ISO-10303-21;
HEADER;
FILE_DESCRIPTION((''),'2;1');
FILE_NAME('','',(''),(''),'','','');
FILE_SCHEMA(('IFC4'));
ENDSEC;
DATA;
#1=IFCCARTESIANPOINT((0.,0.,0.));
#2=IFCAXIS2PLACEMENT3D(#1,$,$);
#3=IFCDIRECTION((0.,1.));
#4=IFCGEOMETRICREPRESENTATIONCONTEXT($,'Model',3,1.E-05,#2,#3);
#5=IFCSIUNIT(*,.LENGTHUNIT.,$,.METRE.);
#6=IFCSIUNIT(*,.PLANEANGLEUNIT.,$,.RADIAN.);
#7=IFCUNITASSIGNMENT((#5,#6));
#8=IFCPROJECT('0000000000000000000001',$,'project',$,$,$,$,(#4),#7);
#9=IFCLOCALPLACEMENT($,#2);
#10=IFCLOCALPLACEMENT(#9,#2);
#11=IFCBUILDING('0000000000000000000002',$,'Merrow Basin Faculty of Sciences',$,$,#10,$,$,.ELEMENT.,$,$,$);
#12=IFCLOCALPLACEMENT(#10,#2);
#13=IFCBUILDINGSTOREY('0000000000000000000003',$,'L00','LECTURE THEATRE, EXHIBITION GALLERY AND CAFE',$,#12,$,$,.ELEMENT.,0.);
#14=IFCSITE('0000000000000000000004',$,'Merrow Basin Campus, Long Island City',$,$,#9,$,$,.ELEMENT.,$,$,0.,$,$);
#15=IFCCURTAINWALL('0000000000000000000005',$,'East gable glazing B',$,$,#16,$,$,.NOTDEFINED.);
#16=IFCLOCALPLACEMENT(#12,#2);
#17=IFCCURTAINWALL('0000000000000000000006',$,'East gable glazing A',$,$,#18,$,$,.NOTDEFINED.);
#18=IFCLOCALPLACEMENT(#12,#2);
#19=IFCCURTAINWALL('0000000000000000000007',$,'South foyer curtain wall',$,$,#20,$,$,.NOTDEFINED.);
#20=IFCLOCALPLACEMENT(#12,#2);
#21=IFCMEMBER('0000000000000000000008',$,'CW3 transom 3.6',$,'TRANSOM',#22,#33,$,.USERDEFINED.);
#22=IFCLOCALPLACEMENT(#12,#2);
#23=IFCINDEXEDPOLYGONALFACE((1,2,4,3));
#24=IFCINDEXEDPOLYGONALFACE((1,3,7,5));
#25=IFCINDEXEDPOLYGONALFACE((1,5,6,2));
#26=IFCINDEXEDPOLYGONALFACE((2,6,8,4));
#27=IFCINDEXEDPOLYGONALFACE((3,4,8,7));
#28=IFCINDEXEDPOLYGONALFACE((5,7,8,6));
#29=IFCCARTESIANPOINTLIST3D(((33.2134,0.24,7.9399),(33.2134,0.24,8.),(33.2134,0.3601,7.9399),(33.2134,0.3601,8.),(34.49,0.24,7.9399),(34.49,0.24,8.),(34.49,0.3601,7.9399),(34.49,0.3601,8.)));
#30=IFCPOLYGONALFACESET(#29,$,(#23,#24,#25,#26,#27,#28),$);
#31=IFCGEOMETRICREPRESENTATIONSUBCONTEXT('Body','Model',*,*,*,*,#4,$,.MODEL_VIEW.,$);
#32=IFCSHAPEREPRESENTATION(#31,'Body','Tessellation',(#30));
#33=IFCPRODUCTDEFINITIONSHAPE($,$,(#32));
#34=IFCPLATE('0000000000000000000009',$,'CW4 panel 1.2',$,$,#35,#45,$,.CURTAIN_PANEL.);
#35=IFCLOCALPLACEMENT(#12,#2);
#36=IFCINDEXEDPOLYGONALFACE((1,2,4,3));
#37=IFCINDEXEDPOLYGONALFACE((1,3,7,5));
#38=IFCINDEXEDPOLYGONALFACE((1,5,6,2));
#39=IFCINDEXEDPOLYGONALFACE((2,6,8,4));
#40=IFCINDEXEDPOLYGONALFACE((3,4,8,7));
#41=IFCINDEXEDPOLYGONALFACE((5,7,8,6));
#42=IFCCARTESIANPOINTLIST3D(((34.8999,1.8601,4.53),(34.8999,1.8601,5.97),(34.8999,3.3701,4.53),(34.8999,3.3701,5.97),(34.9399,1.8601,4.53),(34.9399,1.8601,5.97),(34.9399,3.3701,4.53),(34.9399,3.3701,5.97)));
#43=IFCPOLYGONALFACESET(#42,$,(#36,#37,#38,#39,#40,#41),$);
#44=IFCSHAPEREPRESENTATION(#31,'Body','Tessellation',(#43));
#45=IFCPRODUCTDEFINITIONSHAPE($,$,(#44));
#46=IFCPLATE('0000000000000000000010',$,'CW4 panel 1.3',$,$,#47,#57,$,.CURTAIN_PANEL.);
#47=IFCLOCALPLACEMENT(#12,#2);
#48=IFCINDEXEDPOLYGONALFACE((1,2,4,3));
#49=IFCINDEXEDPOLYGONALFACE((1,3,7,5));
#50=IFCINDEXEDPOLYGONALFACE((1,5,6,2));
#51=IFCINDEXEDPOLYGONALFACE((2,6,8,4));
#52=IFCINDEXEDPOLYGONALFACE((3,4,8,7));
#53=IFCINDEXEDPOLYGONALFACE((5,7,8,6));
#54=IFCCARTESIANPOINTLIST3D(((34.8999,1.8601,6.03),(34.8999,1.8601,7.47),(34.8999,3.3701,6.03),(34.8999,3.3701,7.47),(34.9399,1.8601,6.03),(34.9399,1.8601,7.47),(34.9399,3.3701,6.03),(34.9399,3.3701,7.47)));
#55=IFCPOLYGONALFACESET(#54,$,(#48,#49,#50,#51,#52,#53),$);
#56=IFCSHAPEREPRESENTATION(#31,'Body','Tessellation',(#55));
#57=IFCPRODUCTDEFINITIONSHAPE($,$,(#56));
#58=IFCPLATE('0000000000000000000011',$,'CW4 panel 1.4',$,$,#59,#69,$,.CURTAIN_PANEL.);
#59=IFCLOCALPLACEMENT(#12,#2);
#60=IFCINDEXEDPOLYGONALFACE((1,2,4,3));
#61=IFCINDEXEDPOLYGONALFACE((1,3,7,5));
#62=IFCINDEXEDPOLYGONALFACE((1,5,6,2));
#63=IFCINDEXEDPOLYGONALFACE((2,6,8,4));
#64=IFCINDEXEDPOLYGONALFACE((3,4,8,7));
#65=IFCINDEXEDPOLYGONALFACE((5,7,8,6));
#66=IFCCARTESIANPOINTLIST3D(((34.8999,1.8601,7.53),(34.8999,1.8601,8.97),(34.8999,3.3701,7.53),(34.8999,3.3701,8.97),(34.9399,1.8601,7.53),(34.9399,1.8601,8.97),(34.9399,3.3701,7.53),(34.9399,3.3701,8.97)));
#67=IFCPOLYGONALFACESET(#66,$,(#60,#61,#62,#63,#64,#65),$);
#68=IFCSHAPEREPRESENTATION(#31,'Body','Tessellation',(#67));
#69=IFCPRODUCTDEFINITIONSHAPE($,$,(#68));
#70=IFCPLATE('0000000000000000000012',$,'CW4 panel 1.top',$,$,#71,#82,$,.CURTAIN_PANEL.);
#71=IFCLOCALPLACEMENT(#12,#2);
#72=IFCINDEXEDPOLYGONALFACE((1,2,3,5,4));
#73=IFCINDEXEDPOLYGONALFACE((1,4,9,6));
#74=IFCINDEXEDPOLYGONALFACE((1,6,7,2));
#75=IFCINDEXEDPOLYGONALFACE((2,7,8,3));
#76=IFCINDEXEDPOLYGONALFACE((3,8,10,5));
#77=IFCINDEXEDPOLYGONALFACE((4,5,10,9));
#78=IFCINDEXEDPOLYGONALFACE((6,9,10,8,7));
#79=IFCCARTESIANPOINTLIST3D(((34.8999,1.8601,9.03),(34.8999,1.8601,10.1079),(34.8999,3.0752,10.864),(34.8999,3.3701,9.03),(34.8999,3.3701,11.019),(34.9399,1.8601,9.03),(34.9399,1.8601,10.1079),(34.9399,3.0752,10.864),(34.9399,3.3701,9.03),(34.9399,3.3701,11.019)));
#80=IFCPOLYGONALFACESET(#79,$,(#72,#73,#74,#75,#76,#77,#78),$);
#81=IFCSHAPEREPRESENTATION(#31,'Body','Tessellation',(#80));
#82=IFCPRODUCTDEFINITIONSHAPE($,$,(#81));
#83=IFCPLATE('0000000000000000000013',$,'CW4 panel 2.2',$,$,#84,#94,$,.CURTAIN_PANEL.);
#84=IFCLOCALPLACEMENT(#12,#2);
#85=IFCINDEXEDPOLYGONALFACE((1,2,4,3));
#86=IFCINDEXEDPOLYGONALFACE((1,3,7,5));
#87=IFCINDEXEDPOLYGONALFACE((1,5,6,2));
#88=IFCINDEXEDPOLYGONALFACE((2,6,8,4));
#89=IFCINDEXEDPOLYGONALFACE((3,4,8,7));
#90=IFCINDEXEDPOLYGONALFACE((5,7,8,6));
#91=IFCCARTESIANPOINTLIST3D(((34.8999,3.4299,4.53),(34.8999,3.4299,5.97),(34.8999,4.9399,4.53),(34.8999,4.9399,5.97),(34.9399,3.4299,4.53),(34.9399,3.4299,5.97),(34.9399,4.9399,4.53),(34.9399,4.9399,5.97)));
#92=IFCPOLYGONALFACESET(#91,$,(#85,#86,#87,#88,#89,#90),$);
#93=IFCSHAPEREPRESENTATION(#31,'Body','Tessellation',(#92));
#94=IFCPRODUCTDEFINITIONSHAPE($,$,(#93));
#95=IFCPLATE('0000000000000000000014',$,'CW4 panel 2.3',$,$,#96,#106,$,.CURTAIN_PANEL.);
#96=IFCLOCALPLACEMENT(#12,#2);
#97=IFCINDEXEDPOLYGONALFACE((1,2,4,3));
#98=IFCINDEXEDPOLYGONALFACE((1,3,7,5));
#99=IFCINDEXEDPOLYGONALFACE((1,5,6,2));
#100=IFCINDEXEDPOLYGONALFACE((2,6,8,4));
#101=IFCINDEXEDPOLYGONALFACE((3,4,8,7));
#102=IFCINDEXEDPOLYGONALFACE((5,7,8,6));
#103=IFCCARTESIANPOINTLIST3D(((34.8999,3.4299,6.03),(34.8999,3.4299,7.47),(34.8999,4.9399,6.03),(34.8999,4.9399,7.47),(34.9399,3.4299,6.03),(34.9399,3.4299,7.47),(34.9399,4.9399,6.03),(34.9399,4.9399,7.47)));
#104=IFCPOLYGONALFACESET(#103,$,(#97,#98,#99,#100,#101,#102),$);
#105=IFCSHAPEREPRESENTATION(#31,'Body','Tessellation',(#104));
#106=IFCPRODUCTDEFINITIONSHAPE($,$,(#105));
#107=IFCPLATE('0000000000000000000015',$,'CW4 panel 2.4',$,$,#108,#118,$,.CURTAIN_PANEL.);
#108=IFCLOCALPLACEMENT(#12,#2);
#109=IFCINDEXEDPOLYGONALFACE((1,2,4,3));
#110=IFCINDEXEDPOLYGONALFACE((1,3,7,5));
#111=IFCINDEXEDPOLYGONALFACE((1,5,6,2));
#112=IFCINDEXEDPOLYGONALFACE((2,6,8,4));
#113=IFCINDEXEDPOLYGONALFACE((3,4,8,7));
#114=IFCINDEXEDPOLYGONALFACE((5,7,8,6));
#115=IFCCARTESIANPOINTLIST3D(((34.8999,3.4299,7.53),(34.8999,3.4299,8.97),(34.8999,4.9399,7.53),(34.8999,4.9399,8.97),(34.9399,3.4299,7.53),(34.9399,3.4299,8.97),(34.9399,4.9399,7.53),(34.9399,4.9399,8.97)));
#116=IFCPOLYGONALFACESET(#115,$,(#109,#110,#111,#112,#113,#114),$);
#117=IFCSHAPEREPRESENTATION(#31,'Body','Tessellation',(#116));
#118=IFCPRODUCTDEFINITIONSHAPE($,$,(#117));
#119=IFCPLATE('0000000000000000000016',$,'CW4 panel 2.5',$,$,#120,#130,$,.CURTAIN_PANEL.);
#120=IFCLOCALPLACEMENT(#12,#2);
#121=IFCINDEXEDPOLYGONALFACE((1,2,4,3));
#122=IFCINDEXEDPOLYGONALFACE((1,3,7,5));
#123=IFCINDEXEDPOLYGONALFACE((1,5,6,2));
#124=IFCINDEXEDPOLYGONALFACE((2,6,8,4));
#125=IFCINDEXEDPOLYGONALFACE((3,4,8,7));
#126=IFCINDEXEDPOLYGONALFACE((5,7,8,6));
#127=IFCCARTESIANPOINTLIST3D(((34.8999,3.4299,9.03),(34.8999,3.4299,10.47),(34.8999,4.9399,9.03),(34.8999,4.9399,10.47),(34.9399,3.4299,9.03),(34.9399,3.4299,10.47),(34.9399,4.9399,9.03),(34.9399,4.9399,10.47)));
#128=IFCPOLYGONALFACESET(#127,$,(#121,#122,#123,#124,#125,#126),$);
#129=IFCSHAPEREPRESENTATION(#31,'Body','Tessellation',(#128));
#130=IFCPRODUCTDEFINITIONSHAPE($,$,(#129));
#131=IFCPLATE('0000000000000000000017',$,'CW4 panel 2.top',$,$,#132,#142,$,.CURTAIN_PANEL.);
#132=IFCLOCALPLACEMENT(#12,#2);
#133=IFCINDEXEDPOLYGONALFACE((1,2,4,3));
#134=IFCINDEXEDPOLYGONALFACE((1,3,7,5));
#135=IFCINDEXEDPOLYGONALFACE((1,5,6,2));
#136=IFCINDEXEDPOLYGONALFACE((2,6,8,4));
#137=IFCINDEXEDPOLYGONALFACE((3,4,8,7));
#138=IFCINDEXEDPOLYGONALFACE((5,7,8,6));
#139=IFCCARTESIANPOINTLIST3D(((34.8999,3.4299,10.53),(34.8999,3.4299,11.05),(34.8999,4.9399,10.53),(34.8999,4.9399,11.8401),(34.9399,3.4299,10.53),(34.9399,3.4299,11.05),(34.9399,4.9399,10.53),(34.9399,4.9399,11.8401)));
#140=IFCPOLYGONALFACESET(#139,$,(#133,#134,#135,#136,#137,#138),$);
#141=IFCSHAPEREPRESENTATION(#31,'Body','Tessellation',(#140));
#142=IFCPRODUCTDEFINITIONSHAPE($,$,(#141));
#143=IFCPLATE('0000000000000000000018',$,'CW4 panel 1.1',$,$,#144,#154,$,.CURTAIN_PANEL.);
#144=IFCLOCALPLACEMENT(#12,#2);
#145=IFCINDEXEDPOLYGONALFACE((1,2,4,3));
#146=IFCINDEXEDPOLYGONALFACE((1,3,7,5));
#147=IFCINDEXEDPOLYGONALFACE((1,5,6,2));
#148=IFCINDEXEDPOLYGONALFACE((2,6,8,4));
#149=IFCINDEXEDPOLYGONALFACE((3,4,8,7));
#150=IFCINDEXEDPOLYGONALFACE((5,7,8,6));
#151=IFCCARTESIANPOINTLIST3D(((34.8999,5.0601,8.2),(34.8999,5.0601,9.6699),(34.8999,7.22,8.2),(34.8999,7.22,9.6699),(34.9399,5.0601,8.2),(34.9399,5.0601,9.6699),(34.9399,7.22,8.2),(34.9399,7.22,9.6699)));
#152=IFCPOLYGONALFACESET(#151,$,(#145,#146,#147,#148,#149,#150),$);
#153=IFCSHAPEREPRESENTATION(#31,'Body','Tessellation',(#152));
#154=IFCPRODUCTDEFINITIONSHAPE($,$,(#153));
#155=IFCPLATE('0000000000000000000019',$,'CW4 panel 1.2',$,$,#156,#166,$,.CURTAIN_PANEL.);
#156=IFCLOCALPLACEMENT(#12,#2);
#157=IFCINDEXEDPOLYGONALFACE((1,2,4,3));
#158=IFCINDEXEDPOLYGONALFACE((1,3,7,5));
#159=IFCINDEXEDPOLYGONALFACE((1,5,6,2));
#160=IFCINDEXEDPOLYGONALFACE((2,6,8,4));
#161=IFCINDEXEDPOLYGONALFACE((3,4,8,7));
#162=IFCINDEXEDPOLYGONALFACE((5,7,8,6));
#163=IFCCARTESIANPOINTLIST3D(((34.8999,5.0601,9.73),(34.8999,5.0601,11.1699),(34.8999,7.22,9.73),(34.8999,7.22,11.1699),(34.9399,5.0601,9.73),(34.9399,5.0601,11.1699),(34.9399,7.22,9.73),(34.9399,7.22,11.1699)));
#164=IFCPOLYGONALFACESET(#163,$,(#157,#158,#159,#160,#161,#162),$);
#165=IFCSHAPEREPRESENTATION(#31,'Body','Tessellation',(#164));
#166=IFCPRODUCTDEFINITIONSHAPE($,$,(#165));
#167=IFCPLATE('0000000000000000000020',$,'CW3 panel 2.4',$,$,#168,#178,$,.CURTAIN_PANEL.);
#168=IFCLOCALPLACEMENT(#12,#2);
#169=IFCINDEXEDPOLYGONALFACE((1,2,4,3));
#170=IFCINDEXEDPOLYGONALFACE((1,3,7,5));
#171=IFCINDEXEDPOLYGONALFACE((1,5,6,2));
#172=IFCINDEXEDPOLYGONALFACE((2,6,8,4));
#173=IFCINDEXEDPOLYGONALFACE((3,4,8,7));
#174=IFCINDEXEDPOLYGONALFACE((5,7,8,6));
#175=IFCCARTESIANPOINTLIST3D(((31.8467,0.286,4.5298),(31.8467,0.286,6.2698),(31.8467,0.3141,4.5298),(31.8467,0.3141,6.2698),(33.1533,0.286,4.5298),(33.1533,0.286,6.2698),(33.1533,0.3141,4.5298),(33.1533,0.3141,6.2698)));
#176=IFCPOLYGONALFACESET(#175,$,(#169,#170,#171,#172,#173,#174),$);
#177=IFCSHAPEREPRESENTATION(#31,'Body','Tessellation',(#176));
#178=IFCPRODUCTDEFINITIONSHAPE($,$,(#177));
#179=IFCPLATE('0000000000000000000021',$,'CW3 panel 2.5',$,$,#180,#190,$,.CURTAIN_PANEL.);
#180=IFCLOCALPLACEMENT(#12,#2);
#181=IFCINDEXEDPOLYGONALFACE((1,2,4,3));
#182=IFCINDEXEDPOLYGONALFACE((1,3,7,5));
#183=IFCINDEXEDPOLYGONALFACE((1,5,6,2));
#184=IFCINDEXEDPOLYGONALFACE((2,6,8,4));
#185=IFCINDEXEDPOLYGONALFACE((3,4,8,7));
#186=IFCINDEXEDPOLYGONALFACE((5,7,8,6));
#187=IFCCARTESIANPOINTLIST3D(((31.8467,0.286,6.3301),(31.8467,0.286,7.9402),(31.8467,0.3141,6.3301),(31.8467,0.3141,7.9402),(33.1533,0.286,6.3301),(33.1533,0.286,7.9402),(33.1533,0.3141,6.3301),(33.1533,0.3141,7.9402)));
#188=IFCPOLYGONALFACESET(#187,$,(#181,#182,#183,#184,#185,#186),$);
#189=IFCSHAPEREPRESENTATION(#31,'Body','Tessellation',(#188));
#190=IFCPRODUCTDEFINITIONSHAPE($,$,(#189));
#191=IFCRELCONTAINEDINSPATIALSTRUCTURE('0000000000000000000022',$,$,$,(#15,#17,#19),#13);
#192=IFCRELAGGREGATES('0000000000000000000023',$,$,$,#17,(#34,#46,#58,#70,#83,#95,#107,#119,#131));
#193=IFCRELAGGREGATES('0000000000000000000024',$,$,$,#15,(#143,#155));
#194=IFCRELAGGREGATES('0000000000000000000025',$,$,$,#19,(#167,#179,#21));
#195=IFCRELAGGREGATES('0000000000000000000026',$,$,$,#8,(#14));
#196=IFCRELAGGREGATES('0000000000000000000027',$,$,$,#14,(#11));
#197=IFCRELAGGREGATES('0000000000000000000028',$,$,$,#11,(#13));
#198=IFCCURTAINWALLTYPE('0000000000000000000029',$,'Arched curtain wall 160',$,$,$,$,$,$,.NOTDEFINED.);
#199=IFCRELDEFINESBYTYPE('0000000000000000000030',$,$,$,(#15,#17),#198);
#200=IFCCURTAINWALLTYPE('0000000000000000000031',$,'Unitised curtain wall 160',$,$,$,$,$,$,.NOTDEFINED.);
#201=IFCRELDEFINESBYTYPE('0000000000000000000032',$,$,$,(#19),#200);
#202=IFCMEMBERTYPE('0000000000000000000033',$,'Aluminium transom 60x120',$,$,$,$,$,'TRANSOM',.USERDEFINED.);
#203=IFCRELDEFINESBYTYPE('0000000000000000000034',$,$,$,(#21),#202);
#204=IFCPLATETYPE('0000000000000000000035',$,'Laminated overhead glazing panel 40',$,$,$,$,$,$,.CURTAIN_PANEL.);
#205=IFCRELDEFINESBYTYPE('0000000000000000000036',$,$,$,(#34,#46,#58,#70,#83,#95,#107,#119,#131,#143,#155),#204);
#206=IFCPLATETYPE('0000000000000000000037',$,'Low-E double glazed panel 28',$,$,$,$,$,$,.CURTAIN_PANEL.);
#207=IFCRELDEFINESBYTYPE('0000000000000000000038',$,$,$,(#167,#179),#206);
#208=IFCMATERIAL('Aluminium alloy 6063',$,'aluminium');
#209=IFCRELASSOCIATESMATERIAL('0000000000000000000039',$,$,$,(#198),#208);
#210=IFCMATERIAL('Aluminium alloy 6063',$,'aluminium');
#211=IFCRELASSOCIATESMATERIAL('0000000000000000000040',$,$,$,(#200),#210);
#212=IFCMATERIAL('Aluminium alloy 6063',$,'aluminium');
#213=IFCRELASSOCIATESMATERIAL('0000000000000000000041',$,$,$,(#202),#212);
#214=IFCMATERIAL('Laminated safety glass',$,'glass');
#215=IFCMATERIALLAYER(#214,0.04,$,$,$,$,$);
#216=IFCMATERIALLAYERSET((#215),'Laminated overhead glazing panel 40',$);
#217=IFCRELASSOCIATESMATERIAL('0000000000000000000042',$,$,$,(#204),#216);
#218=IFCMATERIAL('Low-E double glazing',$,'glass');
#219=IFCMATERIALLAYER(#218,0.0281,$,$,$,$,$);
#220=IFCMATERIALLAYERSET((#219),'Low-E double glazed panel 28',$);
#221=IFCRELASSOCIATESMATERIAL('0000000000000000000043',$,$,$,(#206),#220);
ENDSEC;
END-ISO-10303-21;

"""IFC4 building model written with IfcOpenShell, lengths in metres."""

from ifc_helpers import new_model, si_unit, direction, frame, origin, origin_2d, place, context, subcontext, project, spatial, polyline, rectangle, outline, extrude, material, layer, layer_set, material_profile, profile_set, type_object, element, aggregate, save


model = new_model("IFC4")

# Units and contexts
model_context = context("Model", 3, precision=1e-05, world=origin(), true_north=direction((0.0, 1.0)))
body_context = subcontext(model_context, "Body", "Model", "MODEL_VIEW")
ifc_project = project(units=[si_unit("LENGTHUNIT", "METRE"), si_unit("PLANEANGLEUNIT", "RADIAN")], contexts=[model_context])

# Site, building, storey
site_placement = place(None, origin())
site = spatial("IfcSite", under=ifc_project, at=site_placement, Name="Merrow Basin Campus, Long Island City", CompositionType="ELEMENT", RefElevation=0.0)
building_placement = place(site_placement, origin())
building = spatial("IfcBuilding", under=site, at=building_placement, Name="Merrow Basin Faculty of Sciences", CompositionType="ELEMENT")
storey_placement = place(building_placement, origin())
storey = spatial("IfcBuildingStorey", under=building, at=storey_placement, Name="L00", Description="LECTURE THEATRE, EXHIBITION GALLERY AND CAFE", CompositionType="ELEMENT", Elevation=0.0)

# Curtain wall
ifc_material_1 = material(Name="Aluminium alloy 6063", Category="aluminium")
curtain_wall_type_1 = type_object("IfcCurtainWallType", Name="Arched curtain wall 160", PredefinedType="NOTDEFINED", material=ifc_material_1)
curtain_wall_1_placement = place(storey_placement, origin())
curtain_wall_1 = element("IfcCurtainWall", 1, at=curtain_wall_1_placement, inside=storey, type_object=curtain_wall_type_1, Name="East gable glazing B", PredefinedType="NOTDEFINED")

# Curtain wall
curtain_wall_2_placement = place(storey_placement, origin())
curtain_wall_2 = element("IfcCurtainWall", 2, at=curtain_wall_2_placement, inside=storey, type_object=curtain_wall_type_1, Name="East gable glazing A", PredefinedType="NOTDEFINED")

# Curtain wall, member
ifc_material_2 = material(Name="Aluminium alloy 6063", Category="aluminium")
curtain_wall_type_2 = type_object("IfcCurtainWallType", Name="Unitised curtain wall 160", PredefinedType="NOTDEFINED", material=ifc_material_2)
curtain_wall_3_placement = place(storey_placement, origin())
curtain_wall_3 = element("IfcCurtainWall", 3, at=curtain_wall_3_placement, inside=storey, type_object=curtain_wall_type_2, Name="South foyer curtain wall", PredefinedType="NOTDEFINED")
ifc_material_3 = material(Name="Aluminium alloy 6063", Category="aluminium")
ifc_material_profile_1 = material_profile(ifc_material_3, rectangle(XDim=0.1201, YDim=0.0601, at=origin_2d()))
ifc_profile_set_1 = profile_set([ifc_material_profile_1], Name="Aluminium alloy 6063")
member_type_1 = type_object("IfcMemberType", Name="Aluminium transom 60x120", ElementType="TRANSOM", PredefinedType="USERDEFINED", material=ifc_profile_set_1)
member_1_placement = place(storey_placement, frame((33.2134, 0.3, 7.97), z_axis=(1.0, 0.0, 0.0), x_axis=(0.0, 1.0, 0.0)))
member_1 = element("IfcMember", 4, at=member_1_placement, type_object=member_type_1, Name="CW3 transom 3.6", ObjectType="TRANSOM", PredefinedType="USERDEFINED", context=body_context, shape_type="SweptSolid", body=[
    extrude(rectangle(XDim=0.1201, YDim=0.0601, at=origin_2d()), origin(), (0.0, 0.0, 1.0), 1.2766),
])

# Plates
ifc_material_4 = material(Name="Laminated safety glass", Category="glass")
ifc_layer_1 = layer(ifc_material_4, 0.04)
ifc_layer_set_1 = layer_set([ifc_layer_1], Name="Laminated overhead glazing panel 40")
plate_type_1 = type_object("IfcPlateType", Name="Laminated overhead glazing panel 40", PredefinedType="CURTAIN_PANEL", material=ifc_layer_set_1)
plate_1_placement = place(storey_placement, frame((34.8999, 1.8601, 4.53), z_axis=(1.0, 0.0, 0.0), x_axis=(0.0, 1.0, 0.0)))
plate_1 = element("IfcPlate", 5, at=plate_1_placement, type_object=plate_type_1, Name="CW4 panel 1.2", PredefinedType="CURTAIN_PANEL", context=body_context, shape_type="SweptSolid", body=[
    extrude(outline(polyline([(0.0, 0.0), (1.51, 0.0), (1.51, 1.4399), (0.0, 1.4399), (0.0, 0.0)])), origin(), (0.0, 0.0, 1.0), 0.04),
])
plate_2_placement = place(storey_placement, frame((34.8999, 1.8601, 6.03), z_axis=(1.0, 0.0, 0.0), x_axis=(0.0, 1.0, 0.0)))
plate_2 = element("IfcPlate", 6, at=plate_2_placement, type_object=plate_type_1, Name="CW4 panel 1.3", PredefinedType="CURTAIN_PANEL", context=body_context, shape_type="SweptSolid", body=[
    extrude(outline(polyline([(0.0, 0.0), (1.51, 0.0), (1.51, 1.4399), (0.0, 1.4399), (0.0, 0.0)])), origin(), (0.0, 0.0, 1.0), 0.04),
])
plate_3_placement = place(storey_placement, frame((34.8999, 1.8601, 7.53), z_axis=(1.0, 0.0, 0.0), x_axis=(0.0, 1.0, 0.0)))
plate_3 = element("IfcPlate", 7, at=plate_3_placement, type_object=plate_type_1, Name="CW4 panel 1.4", PredefinedType="CURTAIN_PANEL", context=body_context, shape_type="SweptSolid", body=[
    extrude(outline(polyline([(0.0, 0.0), (1.51, 0.0), (1.51, 1.4399), (0.0, 1.4399), (0.0, 0.0)])), origin(), (0.0, 0.0, 1.0), 0.04),
])
plate_4_placement = place(storey_placement, frame((34.8999, 1.8601, 9.03), z_axis=(1.0, 0.0, 0.0), x_axis=(0.0, 1.0, 0.0)))
plate_4 = element("IfcPlate", 8, at=plate_4_placement, type_object=plate_type_1, Name="CW4 panel 1.top", PredefinedType="CURTAIN_PANEL", context=body_context, shape_type="SweptSolid", body=[
    extrude(outline(polyline([(0.0, 0.0), (1.51, 0.0), (1.51, 1.989), (1.2151, 1.834), (0.0, 1.0779), (0.0, 0.0)])), origin(), (0.0, 0.0, 1.0), 0.04),
])
plate_5_placement = place(storey_placement, frame((34.8999, 3.4299, 4.53), z_axis=(1.0, 0.0, 0.0), x_axis=(0.0, 1.0, 0.0)))
plate_5 = element("IfcPlate", 9, at=plate_5_placement, type_object=plate_type_1, Name="CW4 panel 2.2", PredefinedType="CURTAIN_PANEL", context=body_context, shape_type="SweptSolid", body=[
    extrude(outline(polyline([(0.0, 0.0), (1.51, 0.0), (1.51, 1.4399), (0.0, 1.4399), (0.0, 0.0)])), origin(), (0.0, 0.0, 1.0), 0.04),
])
plate_6_placement = place(storey_placement, frame((34.8999, 3.4299, 6.03), z_axis=(1.0, 0.0, 0.0), x_axis=(0.0, 1.0, 0.0)))
plate_6 = element("IfcPlate", 10, at=plate_6_placement, type_object=plate_type_1, Name="CW4 panel 2.3", PredefinedType="CURTAIN_PANEL", context=body_context, shape_type="SweptSolid", body=[
    extrude(outline(polyline([(0.0, 0.0), (1.51, 0.0), (1.51, 1.4399), (0.0, 1.4399), (0.0, 0.0)])), origin(), (0.0, 0.0, 1.0), 0.04),
])
plate_7_placement = place(storey_placement, frame((34.8999, 3.4299, 7.53), z_axis=(1.0, 0.0, 0.0), x_axis=(0.0, 1.0, 0.0)))
plate_7 = element("IfcPlate", 11, at=plate_7_placement, type_object=plate_type_1, Name="CW4 panel 2.4", PredefinedType="CURTAIN_PANEL", context=body_context, shape_type="SweptSolid", body=[
    extrude(outline(polyline([(0.0, 0.0), (1.51, 0.0), (1.51, 1.4399), (0.0, 1.4399), (0.0, 0.0)])), origin(), (0.0, 0.0, 1.0), 0.04),
])
plate_8_placement = place(storey_placement, frame((34.8999, 3.4299, 9.03), z_axis=(1.0, 0.0, 0.0), x_axis=(0.0, 1.0, 0.0)))
plate_8 = element("IfcPlate", 12, at=plate_8_placement, type_object=plate_type_1, Name="CW4 panel 2.5", PredefinedType="CURTAIN_PANEL", context=body_context, shape_type="SweptSolid", body=[
    extrude(outline(polyline([(0.0, 0.0), (1.51, 0.0), (1.51, 1.4399), (0.0, 1.4399), (0.0, 0.0)])), origin(), (0.0, 0.0, 1.0), 0.04),
])
plate_9_placement = place(storey_placement, frame((34.8999, 3.4299, 10.53), z_axis=(1.0, 0.0, 0.0), x_axis=(0.0, 1.0, 0.0)))
plate_9 = element("IfcPlate", 13, at=plate_9_placement, type_object=plate_type_1, Name="CW4 panel 2.top", PredefinedType="CURTAIN_PANEL", context=body_context, shape_type="SweptSolid", body=[
    extrude(outline(polyline([(0.0, 0.0), (1.51, 0.0), (1.51, 1.3101), (0.0, 0.52), (0.0, 0.0)])), origin(), (0.0, 0.0, 1.0), 0.04),
])
aggregate(curtain_wall_2, [plate_1, plate_2, plate_3, plate_4, plate_5, plate_6, plate_7, plate_8, plate_9])
plate_10_placement = place(storey_placement, frame((34.8999, 5.0601, 8.2), z_axis=(1.0, 0.0, 0.0), x_axis=(0.0, 1.0, 0.0)))
plate_10 = element("IfcPlate", 14, at=plate_10_placement, type_object=plate_type_1, Name="CW4 panel 1.1", PredefinedType="CURTAIN_PANEL", context=body_context, shape_type="SweptSolid", body=[
    extrude(outline(polyline([(0.0, 0.0), (2.1599, 0.0), (2.1599, 1.47), (0.0, 1.47), (0.0, 0.0)])), origin(), (0.0, 0.0, 1.0), 0.04),
])
plate_11_placement = place(storey_placement, frame((34.8999, 5.0601, 9.73), z_axis=(1.0, 0.0, 0.0), x_axis=(0.0, 1.0, 0.0)))
plate_11 = element("IfcPlate", 15, at=plate_11_placement, type_object=plate_type_1, Name="CW4 panel 1.2", PredefinedType="CURTAIN_PANEL", context=body_context, shape_type="SweptSolid", body=[
    extrude(outline(polyline([(0.0, 0.0), (2.1599, 0.0), (2.1599, 1.4399), (0.0, 1.4399), (0.0, 0.0)])), origin(), (0.0, 0.0, 1.0), 0.04),
])
aggregate(curtain_wall_1, [plate_10, plate_11])
ifc_material_5 = material(Name="Low-E double glazing", Category="glass")
ifc_layer_2 = layer(ifc_material_5, 0.0281)
ifc_layer_set_2 = layer_set([ifc_layer_2], Name="Low-E double glazed panel 28")
plate_type_2 = type_object("IfcPlateType", Name="Low-E double glazed panel 28", PredefinedType="CURTAIN_PANEL", material=ifc_layer_set_2)
plate_12_placement = place(storey_placement, frame((32.5, 0.3, 4.5298), z_axis=(0.0, 0.0, 1.0), x_axis=(1.0, 0.0, 0.0)))
plate_12 = element("IfcPlate", 16, at=plate_12_placement, type_object=plate_type_2, Name="CW3 panel 2.4", PredefinedType="CURTAIN_PANEL", context=body_context, shape_type="SweptSolid", body=[
    extrude(rectangle(XDim=1.3066, YDim=0.0281, at=origin_2d()), origin(), (0.0, 0.0, 1.0), 1.74),
])
plate_13_placement = place(storey_placement, frame((32.5, 0.3, 6.3301), z_axis=(0.0, 0.0, 1.0), x_axis=(1.0, 0.0, 0.0)))
plate_13 = element("IfcPlate", 17, at=plate_13_placement, type_object=plate_type_2, Name="CW3 panel 2.5", PredefinedType="CURTAIN_PANEL", context=body_context, shape_type="SweptSolid", body=[
    extrude(rectangle(XDim=1.3066, YDim=0.0281, at=origin_2d()), origin(), (0.0, 0.0, 1.0), 1.6101),
])
aggregate(curtain_wall_3, [plate_12, plate_13, member_1])

save(model, "model.ifc")
